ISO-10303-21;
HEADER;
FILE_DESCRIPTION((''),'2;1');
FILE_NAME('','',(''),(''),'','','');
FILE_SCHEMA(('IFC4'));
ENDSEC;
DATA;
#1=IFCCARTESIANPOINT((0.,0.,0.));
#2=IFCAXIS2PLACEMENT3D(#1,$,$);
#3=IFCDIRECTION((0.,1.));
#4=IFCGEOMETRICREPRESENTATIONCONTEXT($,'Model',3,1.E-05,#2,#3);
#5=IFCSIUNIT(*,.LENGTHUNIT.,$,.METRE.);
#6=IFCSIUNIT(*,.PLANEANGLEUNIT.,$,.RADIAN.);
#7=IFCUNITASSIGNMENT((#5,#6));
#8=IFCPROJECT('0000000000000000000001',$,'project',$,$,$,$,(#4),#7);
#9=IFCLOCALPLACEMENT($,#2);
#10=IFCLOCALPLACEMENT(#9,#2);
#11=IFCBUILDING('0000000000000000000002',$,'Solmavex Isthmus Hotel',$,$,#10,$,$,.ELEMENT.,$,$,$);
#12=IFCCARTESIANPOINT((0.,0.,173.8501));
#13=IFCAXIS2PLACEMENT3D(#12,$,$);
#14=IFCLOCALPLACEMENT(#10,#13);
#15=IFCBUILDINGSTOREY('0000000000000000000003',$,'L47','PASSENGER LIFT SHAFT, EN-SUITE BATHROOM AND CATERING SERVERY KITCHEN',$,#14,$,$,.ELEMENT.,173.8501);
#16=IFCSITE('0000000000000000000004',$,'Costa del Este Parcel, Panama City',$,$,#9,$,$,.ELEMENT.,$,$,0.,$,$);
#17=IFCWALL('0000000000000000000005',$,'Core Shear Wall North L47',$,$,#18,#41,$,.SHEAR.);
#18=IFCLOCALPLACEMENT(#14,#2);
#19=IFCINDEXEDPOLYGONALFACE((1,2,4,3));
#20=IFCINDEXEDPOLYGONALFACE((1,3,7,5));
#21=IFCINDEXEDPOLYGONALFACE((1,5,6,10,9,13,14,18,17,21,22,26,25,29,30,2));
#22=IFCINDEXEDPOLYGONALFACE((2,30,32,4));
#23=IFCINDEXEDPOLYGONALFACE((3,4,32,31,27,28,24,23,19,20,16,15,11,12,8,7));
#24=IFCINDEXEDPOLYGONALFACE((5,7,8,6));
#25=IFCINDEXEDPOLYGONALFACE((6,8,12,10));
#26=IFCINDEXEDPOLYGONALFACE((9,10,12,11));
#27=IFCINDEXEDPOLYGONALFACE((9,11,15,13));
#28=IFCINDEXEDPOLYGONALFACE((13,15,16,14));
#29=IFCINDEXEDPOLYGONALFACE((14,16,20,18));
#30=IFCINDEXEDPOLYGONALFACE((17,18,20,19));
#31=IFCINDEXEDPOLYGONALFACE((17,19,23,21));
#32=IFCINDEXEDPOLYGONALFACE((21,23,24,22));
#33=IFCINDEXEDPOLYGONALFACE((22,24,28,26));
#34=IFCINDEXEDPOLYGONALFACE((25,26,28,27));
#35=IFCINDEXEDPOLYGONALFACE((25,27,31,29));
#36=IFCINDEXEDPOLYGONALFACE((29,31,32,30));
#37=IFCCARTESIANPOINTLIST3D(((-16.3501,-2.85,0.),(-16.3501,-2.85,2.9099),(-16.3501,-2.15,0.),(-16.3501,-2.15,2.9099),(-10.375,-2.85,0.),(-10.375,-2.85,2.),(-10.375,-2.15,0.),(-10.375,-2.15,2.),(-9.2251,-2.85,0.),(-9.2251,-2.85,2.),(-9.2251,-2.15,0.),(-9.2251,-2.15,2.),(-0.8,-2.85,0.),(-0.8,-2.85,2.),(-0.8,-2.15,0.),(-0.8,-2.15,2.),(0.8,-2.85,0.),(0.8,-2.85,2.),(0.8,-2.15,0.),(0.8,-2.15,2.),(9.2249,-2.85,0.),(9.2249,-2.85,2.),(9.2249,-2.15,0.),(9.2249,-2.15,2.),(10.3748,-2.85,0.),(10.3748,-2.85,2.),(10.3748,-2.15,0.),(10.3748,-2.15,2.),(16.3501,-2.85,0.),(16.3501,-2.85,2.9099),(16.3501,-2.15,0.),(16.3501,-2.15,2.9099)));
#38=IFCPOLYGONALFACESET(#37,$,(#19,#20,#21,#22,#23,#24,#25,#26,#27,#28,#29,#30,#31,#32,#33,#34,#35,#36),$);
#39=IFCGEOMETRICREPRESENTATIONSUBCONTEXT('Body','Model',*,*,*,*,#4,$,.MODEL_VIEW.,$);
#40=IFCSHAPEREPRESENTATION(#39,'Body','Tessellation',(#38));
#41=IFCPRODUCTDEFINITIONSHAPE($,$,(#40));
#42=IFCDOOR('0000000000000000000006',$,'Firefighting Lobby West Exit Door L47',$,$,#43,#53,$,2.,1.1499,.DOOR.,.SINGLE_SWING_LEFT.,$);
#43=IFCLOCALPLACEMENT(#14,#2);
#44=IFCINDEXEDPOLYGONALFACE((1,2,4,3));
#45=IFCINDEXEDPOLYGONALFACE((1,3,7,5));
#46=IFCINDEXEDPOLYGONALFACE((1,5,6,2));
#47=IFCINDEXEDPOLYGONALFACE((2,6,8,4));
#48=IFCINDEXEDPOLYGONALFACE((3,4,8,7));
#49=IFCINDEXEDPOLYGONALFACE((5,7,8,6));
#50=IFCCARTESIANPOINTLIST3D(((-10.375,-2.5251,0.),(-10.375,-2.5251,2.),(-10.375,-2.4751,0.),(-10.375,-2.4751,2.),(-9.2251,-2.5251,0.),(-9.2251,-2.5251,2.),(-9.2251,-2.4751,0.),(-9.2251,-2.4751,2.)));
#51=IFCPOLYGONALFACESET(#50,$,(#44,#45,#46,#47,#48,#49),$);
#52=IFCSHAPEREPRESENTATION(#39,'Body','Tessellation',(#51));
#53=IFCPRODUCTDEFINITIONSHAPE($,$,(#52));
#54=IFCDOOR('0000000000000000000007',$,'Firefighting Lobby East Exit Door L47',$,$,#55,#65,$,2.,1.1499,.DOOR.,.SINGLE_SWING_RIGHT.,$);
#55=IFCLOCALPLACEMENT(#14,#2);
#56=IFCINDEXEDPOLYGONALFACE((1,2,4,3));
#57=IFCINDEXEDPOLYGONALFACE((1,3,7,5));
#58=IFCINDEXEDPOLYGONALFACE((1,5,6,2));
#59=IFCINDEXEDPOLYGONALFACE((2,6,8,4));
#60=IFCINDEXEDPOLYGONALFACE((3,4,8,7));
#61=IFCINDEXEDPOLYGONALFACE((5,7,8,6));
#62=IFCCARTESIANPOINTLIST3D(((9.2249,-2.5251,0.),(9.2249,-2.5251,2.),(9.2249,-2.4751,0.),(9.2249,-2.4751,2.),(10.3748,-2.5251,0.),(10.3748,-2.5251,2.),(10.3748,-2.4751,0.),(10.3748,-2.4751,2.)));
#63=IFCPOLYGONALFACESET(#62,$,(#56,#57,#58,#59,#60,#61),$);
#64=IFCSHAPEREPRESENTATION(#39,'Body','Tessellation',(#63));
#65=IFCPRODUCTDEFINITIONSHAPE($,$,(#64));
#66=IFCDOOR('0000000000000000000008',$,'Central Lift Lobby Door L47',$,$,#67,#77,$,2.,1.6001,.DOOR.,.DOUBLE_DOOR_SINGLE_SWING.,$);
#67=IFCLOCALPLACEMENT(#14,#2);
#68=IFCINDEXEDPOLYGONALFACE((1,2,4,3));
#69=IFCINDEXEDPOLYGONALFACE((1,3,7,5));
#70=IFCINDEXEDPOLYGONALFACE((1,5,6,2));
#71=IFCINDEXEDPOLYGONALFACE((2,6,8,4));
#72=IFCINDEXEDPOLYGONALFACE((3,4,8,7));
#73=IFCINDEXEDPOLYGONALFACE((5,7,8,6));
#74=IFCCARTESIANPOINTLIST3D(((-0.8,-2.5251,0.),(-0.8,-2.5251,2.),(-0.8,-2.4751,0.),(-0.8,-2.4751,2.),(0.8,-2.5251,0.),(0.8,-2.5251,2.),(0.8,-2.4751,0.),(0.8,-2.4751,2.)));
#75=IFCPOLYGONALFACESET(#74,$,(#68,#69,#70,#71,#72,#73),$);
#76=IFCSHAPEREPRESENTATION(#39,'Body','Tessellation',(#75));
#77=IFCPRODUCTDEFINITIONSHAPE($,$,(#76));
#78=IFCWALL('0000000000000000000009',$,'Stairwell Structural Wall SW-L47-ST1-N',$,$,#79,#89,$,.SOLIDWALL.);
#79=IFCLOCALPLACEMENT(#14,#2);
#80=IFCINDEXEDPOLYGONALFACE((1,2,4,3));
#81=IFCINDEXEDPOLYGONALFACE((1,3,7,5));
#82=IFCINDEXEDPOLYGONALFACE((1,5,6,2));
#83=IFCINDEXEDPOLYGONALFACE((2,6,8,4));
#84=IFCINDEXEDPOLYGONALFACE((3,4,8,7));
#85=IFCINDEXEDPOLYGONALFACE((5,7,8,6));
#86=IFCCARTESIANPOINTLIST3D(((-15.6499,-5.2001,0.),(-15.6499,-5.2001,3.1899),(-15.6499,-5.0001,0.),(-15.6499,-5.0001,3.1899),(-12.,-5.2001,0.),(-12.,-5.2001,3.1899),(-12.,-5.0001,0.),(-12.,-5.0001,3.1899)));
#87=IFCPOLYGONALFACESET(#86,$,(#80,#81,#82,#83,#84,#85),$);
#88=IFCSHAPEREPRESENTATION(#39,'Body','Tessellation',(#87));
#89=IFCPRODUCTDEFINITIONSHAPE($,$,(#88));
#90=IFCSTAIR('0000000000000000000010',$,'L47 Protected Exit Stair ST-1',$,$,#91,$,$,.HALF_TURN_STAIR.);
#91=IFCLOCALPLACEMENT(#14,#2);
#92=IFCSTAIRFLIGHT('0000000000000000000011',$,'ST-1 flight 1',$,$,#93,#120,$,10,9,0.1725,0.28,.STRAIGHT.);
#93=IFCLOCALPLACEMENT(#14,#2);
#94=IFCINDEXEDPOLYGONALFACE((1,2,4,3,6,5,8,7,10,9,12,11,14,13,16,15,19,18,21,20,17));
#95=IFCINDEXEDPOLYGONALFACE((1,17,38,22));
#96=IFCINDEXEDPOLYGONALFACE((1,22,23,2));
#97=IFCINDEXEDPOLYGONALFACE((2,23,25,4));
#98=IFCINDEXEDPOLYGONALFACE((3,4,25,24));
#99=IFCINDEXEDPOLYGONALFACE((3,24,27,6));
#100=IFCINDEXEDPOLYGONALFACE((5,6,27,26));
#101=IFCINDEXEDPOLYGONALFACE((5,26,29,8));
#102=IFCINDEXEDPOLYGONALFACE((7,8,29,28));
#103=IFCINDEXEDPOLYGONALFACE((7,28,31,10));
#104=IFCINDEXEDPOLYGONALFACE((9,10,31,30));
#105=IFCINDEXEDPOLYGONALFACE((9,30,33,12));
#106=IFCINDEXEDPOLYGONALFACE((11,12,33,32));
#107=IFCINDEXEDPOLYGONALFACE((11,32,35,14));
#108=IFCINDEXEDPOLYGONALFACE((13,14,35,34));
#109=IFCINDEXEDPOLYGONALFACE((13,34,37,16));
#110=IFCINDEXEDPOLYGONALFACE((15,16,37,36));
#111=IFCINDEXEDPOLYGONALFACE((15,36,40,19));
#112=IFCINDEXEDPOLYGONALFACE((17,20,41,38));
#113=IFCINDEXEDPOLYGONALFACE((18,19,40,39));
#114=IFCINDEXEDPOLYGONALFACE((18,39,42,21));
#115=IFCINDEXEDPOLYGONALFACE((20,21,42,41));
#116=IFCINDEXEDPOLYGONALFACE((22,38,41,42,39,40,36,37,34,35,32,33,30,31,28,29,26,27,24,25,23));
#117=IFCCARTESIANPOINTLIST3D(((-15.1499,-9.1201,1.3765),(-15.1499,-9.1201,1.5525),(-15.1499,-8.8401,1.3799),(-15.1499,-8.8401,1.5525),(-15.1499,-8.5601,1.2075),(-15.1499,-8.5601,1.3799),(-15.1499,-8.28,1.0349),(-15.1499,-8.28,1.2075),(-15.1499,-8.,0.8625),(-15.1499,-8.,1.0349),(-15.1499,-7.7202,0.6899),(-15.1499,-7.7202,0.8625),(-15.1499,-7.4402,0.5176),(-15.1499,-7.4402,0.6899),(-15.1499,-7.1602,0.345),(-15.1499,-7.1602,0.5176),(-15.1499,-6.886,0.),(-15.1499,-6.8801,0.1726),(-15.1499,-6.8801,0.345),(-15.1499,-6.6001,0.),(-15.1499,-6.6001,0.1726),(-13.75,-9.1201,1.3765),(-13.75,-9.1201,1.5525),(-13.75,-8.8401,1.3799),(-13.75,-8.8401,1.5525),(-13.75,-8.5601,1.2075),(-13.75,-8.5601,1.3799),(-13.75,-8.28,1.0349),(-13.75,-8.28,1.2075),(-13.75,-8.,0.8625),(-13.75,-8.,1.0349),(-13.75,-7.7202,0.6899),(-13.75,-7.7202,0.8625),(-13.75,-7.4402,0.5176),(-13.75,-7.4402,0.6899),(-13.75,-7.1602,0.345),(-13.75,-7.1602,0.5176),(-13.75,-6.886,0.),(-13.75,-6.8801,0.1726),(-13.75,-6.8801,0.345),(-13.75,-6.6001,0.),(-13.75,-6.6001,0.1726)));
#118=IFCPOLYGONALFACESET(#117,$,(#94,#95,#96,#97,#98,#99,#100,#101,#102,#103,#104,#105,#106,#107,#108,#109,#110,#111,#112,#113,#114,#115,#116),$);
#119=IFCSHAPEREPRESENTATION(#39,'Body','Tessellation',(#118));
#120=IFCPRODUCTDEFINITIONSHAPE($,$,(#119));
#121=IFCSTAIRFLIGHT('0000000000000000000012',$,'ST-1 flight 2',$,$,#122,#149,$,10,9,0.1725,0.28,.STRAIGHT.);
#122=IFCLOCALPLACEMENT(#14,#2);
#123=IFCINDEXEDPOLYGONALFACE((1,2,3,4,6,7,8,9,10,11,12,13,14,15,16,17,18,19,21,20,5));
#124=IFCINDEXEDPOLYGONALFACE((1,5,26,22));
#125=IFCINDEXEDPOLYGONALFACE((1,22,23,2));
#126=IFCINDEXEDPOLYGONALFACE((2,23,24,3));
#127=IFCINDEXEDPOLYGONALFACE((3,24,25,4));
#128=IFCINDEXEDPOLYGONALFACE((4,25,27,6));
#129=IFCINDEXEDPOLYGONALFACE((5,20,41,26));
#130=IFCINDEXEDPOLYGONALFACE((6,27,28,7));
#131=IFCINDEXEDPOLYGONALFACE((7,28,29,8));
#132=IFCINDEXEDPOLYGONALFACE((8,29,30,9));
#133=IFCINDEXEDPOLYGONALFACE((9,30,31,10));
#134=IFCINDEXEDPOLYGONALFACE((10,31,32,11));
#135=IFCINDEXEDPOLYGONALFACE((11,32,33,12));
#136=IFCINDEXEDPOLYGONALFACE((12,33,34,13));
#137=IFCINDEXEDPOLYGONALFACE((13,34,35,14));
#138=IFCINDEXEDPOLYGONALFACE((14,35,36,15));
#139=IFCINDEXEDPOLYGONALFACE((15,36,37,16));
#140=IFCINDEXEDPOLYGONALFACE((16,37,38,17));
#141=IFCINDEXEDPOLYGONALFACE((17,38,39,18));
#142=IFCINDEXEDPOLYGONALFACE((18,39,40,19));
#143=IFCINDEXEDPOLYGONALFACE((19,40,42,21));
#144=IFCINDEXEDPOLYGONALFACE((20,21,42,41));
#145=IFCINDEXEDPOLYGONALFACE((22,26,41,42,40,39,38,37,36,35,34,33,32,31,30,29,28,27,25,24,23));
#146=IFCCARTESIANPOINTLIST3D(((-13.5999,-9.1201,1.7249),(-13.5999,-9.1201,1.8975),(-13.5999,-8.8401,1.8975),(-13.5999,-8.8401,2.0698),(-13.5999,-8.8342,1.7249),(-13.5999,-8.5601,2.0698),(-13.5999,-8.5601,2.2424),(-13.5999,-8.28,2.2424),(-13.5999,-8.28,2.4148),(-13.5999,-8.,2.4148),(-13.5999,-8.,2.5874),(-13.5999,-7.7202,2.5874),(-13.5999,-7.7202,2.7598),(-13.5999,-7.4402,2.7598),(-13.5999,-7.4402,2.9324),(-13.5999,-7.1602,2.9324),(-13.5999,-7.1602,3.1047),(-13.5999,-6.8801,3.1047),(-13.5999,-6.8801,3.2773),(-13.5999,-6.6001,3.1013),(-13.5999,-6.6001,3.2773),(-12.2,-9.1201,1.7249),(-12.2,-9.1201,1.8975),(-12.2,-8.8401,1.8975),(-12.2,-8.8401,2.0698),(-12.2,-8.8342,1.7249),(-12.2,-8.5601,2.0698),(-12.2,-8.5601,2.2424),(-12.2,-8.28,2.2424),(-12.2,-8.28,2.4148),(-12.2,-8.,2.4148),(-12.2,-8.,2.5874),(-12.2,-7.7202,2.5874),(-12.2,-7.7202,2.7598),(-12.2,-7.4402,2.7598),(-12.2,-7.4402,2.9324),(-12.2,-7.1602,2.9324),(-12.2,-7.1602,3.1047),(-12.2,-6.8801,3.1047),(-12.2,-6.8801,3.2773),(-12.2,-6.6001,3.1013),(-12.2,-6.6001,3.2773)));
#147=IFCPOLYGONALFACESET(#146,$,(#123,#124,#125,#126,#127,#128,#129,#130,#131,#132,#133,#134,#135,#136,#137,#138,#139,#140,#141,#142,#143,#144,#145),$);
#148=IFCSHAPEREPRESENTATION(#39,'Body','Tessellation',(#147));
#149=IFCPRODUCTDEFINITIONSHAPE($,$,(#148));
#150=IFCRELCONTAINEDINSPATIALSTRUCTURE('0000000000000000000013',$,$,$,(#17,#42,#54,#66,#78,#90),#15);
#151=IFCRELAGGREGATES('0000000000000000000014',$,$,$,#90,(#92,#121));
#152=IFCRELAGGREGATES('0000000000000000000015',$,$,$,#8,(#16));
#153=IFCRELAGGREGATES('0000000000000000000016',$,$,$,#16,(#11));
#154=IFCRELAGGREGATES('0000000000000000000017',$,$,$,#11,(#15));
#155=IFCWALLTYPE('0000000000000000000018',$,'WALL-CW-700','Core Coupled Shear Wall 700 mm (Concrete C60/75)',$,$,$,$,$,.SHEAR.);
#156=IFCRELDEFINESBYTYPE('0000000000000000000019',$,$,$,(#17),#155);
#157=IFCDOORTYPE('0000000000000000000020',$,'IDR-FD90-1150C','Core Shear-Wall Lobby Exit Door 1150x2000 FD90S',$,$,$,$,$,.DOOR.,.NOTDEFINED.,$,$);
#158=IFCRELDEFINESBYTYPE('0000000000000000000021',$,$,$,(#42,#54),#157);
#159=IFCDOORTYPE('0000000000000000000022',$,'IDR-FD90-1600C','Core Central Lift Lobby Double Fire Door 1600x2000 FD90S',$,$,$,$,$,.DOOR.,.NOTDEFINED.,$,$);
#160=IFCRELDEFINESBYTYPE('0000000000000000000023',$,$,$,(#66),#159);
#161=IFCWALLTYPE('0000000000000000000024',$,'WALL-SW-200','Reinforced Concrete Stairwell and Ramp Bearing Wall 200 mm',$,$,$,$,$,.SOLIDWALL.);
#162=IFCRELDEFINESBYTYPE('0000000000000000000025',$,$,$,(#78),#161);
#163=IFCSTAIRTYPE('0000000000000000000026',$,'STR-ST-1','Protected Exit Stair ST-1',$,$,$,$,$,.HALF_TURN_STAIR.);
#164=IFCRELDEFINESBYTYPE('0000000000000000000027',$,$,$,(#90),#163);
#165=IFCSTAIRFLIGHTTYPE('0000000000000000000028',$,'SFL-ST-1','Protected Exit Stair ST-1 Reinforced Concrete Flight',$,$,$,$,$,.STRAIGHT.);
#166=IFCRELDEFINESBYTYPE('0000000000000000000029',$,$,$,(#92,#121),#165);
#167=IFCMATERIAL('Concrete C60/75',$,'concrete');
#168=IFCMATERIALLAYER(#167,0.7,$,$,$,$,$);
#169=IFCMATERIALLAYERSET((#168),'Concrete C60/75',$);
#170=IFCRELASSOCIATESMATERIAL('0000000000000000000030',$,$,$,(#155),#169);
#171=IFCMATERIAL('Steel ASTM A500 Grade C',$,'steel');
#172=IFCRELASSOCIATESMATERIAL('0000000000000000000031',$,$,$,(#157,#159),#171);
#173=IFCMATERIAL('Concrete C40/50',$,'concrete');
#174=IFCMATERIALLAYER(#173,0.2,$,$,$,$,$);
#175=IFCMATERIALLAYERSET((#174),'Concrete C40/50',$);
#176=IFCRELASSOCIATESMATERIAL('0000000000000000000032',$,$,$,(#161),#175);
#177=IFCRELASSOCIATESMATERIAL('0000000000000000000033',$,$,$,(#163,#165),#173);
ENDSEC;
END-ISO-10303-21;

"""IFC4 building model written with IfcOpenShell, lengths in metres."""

from ifc_helpers import new_model, si_unit, direction, frame, frame_2d, origin, place, context, subcontext, project, spatial, polyline, rectangle, outline, extrude, material, layer, layer_set, type_object, element, fill, aggregate, save


model = new_model("IFC4")

# Units and contexts
model_context = context("Model", 3, precision=1e-05, world=origin(), true_north=direction((0.0, 1.0)))
body_context = subcontext(model_context, "Body", "Model", "MODEL_VIEW")
ifc_project = project(units=[si_unit("LENGTHUNIT", "METRE"), si_unit("PLANEANGLEUNIT", "RADIAN")], contexts=[model_context])

# Site, building, storey
site_placement = place(None, origin())
site = spatial("IfcSite", under=ifc_project, at=site_placement, Name="Costa del Este Parcel, Panama City", CompositionType="ELEMENT", RefElevation=0.0)
building_placement = place(site_placement, origin())
building = spatial("IfcBuilding", under=site, at=building_placement, Name="Solmavex Isthmus Hotel", CompositionType="ELEMENT")
storey_placement = place(building_placement, frame((0.0, 0.0, 173.8501)))
storey = spatial("IfcBuildingStorey", under=building, at=storey_placement, Name="L47", Description="PASSENGER LIFT SHAFT, EN-SUITE BATHROOM AND CATERING SERVERY KITCHEN", CompositionType="ELEMENT", Elevation=173.8501)

# Shared definitions
ifc_material_1 = material(Name="Concrete C60/75", Category="concrete")

# Wall, openings, doors
ifc_layer_1 = layer(ifc_material_1, 0.7)
ifc_layer_set_1 = layer_set([ifc_layer_1], Name="Concrete C60/75")
wall_type_1 = type_object("IfcWallType", Name="WALL-CW-700", Description="Core Coupled Shear Wall 700 mm (Concrete C60/75)", PredefinedType="SHEAR", material=ifc_layer_set_1)
wall_1_placement = place(storey_placement, frame((-16.3501, -2.5, 0.0), z_axis=(0.0, 0.0, 1.0), x_axis=(1.0, 0.0, 0.0)))
wall_1 = element("IfcWall", 1, at=wall_1_placement, inside=storey, type_object=wall_type_1, Name="Core Shear Wall North L47", PredefinedType="SHEAR", context=body_context, shape_type="SweptSolid", body=[
    extrude(rectangle(XDim=32.7002, YDim=0.7, at=frame_2d((16.3501, 0.0))), origin(), (0.0, 0.0, 1.0), 2.9099),
])
opening_1_placement = place(wall_1_placement, frame((5.9751, 0.0, 0.0)))
opening_1 = element("IfcOpeningElement", 2, at=opening_1_placement, cuts=wall_1, PredefinedType="OPENING", context=body_context, shape_type="SweptSolid", body=[
    extrude(rectangle(XDim=1.1499, YDim=2.0, at=frame_2d((0.575, 1.0))), frame((0.0, 0.3599, 0.0), z_axis=(0.0, -1.0, 0.0), x_axis=(1.0, 0.0, 0.0)), (0.0, 0.0, 1.0), 0.72),
])
opening_2_placement = place(wall_1_placement, frame((15.55, 0.0, 0.0)))
opening_2 = element("IfcOpeningElement", 3, at=opening_2_placement, cuts=wall_1, PredefinedType="OPENING", context=body_context, shape_type="SweptSolid", body=[
    extrude(rectangle(XDim=1.6001, YDim=2.0, at=frame_2d((0.8, 1.0))), frame((0.0, 0.3599, 0.0), z_axis=(0.0, -1.0, 0.0), x_axis=(1.0, 0.0, 0.0)), (0.0, 0.0, 1.0), 0.72),
])
opening_3_placement = place(wall_1_placement, frame((25.575, 0.0, 0.0)))
opening_3 = element("IfcOpeningElement", 4, at=opening_3_placement, cuts=wall_1, PredefinedType="OPENING", context=body_context, shape_type="SweptSolid", body=[
    extrude(rectangle(XDim=1.1499, YDim=2.0, at=frame_2d((0.575, 1.0))), frame((0.0, 0.3599, 0.0), z_axis=(0.0, -1.0, 0.0), x_axis=(1.0, 0.0, 0.0)), (0.0, 0.0, 1.0), 0.72),
])
ifc_material_2 = material(Name="Steel ASTM A500 Grade C", Category="steel")
door_type_1 = type_object("IfcDoorType", Name="IDR-FD90-1150C", Description="Core Shear-Wall Lobby Exit Door 1150x2000 FD90S", OperationType="NOTDEFINED", PredefinedType="DOOR", material=ifc_material_2)
door_1_placement = place(opening_1_placement, origin())
door_1 = element("IfcDoor", 5, at=door_1_placement, inside=storey, type_object=door_type_1, Name="Firefighting Lobby West Exit Door L47", OperationType="SINGLE_SWING_LEFT", OverallHeight=2.0, OverallWidth=1.1499, PredefinedType="DOOR", context=body_context, shape_type="SweptSolid", body=[
    extrude(rectangle(XDim=1.1499, YDim=2.0, at=frame_2d((0.575, 1.0))), frame((0.0, 0.0249, 0.0), z_axis=(0.0, -1.0, 0.0), x_axis=(1.0, 0.0, 0.0)), (0.0, 0.0, 1.0), 0.05),
])
fill(opening_1, door_1)
door_2_placement = place(opening_3_placement, origin())
door_2 = element("IfcDoor", 6, at=door_2_placement, inside=storey, type_object=door_type_1, Name="Firefighting Lobby East Exit Door L47", OperationType="SINGLE_SWING_RIGHT", OverallHeight=2.0, OverallWidth=1.1499, PredefinedType="DOOR", context=body_context, shape_type="SweptSolid", body=[
    extrude(rectangle(XDim=1.1499, YDim=2.0, at=frame_2d((0.575, 1.0))), frame((0.0, 0.0249, 0.0), z_axis=(0.0, -1.0, 0.0), x_axis=(1.0, 0.0, 0.0)), (0.0, 0.0, 1.0), 0.05),
])
fill(opening_3, door_2)
door_type_2 = type_object("IfcDoorType", Name="IDR-FD90-1600C", Description="Core Central Lift Lobby Double Fire Door 1600x2000 FD90S", OperationType="NOTDEFINED", PredefinedType="DOOR", material=ifc_material_2)
door_3_placement = place(opening_2_placement, origin())
door_3 = element("IfcDoor", 7, at=door_3_placement, inside=storey, type_object=door_type_2, Name="Central Lift Lobby Door L47", OperationType="DOUBLE_DOOR_SINGLE_SWING", OverallHeight=2.0, OverallWidth=1.6001, PredefinedType="DOOR", context=body_context, shape_type="SweptSolid", body=[
    extrude(rectangle(XDim=1.6001, YDim=2.0, at=frame_2d((0.8, 1.0))), frame((0.0, 0.0249, 0.0), z_axis=(0.0, -1.0, 0.0), x_axis=(1.0, 0.0, 0.0)), (0.0, 0.0, 1.0), 0.05),
])
fill(opening_2, door_3)

# Wall
ifc_material_3 = material(Name="Concrete C40/50", Category="concrete")
ifc_layer_2 = layer(ifc_material_3, 0.2)
ifc_layer_set_2 = layer_set([ifc_layer_2], Name="Concrete C40/50")
wall_type_2 = type_object("IfcWallType", Name="WALL-SW-200", Description="Reinforced Concrete Stairwell and Ramp Bearing Wall 200 mm", PredefinedType="SOLIDWALL", material=ifc_layer_set_2)
wall_2_placement = place(storey_placement, frame((-15.6499, -5.1001, 0.0), z_axis=(0.0, 0.0, 1.0), x_axis=(1.0, 0.0, 0.0)))
element("IfcWall", 8, at=wall_2_placement, inside=storey, type_object=wall_type_2, Name="Stairwell Structural Wall SW-L47-ST1-N", PredefinedType="SOLIDWALL", context=body_context, shape_type="SweptSolid", body=[
    extrude(rectangle(XDim=3.6499, YDim=0.2, at=frame_2d((1.825, 0.0))), origin(), (0.0, 0.0, 1.0), 3.1899),
])

# Stair, stair flights
stair_type = type_object("IfcStairType", Name="STR-ST-1", Description="Protected Exit Stair ST-1", PredefinedType="HALF_TURN_STAIR", material=ifc_material_3)
stair_placement = place(storey_placement, origin())
stair = element("IfcStair", 9, at=stair_placement, inside=storey, type_object=stair_type, Name="L47 Protected Exit Stair ST-1", PredefinedType="HALF_TURN_STAIR")
stair_flight_type = type_object("IfcStairFlightType", Name="SFL-ST-1", Description="Protected Exit Stair ST-1 Reinforced Concrete Flight", PredefinedType="STRAIGHT", material=ifc_material_3)
stair_flight_1_placement = place(storey_placement, frame((-14.45, -6.6001, 0.0), z_axis=(0.0, 0.0, 1.0), x_axis=(0.0, -1.0, 0.0)))
stair_flight_1 = element("IfcStairFlight", 10, at=stair_flight_1_placement, type_object=stair_flight_type, Name="ST-1 flight 1", NumberOfRisers=10, NumberOfTreads=9, PredefinedType="STRAIGHT", RiserHeight=0.1725, TreadLength=0.28, context=body_context, shape_type="SweptSolid", body=[
    extrude(outline(polyline([(0.0, 0.0), (0.0, 0.1726), (0.28, 0.1726), (0.28, 0.345), (0.5601, 0.345), (0.5601, 0.5176), (0.8401, 0.5176), (0.8401, 0.6899), (1.1201, 0.6899), (1.1201, 0.8625), (1.3999, 0.8625), (1.3999, 1.0349), (1.6799, 1.0349), (1.6799, 1.2075), (1.96, 1.2075), (1.96, 1.3799), (2.24, 1.3799), (2.24, 1.5525), (2.52, 1.5525), (2.52, 1.7251), (2.52, 1.3765), (0.2859, 0.0), (0.0, 0.0)])), frame((0.0, 0.7, 0.0), z_axis=(0.0, -1.0, 0.0), x_axis=(1.0, 0.0, 0.0)), (0.0, 0.0, 1.0), 1.3999),
])
stair_flight_2_placement = place(storey_placement, frame((-12.8999, -9.1201, 1.7249), z_axis=(0.0, 0.0, 1.0), x_axis=(0.0, 1.0, 0.0)))
stair_flight_2 = element("IfcStairFlight", 11, at=stair_flight_2_placement, type_object=stair_flight_type, Name="ST-1 flight 2", NumberOfRisers=10, NumberOfTreads=9, PredefinedType="STRAIGHT", RiserHeight=0.1725, TreadLength=0.28, context=body_context, shape_type="SweptSolid", body=[
    extrude(outline(polyline([(0.0, 0.0), (0.0, 0.1726), (0.28, 0.1726), (0.28, 0.345), (0.5601, 0.345), (0.5601, 0.5176), (0.8401, 0.5176), (0.8401, 0.6899), (1.1201, 0.6899), (1.1201, 0.8625), (1.3999, 0.8625), (1.3999, 1.0349), (1.6799, 1.0349), (1.6799, 1.2075), (1.96, 1.2075), (1.96, 1.3799), (2.24, 1.3799), (2.24, 1.5525), (2.52, 1.5525), (2.52, 1.7251), (2.52, 1.3765), (0.2859, 0.0), (0.0, 0.0)])), frame((0.0, 0.7, 0.0), z_axis=(0.0, -1.0, 0.0), x_axis=(1.0, 0.0, 0.0)), (0.0, 0.0, 1.0), 1.3999),
])
aggregate(stair, [stair_flight_1, stair_flight_2])

save(model, "model.ifc")
